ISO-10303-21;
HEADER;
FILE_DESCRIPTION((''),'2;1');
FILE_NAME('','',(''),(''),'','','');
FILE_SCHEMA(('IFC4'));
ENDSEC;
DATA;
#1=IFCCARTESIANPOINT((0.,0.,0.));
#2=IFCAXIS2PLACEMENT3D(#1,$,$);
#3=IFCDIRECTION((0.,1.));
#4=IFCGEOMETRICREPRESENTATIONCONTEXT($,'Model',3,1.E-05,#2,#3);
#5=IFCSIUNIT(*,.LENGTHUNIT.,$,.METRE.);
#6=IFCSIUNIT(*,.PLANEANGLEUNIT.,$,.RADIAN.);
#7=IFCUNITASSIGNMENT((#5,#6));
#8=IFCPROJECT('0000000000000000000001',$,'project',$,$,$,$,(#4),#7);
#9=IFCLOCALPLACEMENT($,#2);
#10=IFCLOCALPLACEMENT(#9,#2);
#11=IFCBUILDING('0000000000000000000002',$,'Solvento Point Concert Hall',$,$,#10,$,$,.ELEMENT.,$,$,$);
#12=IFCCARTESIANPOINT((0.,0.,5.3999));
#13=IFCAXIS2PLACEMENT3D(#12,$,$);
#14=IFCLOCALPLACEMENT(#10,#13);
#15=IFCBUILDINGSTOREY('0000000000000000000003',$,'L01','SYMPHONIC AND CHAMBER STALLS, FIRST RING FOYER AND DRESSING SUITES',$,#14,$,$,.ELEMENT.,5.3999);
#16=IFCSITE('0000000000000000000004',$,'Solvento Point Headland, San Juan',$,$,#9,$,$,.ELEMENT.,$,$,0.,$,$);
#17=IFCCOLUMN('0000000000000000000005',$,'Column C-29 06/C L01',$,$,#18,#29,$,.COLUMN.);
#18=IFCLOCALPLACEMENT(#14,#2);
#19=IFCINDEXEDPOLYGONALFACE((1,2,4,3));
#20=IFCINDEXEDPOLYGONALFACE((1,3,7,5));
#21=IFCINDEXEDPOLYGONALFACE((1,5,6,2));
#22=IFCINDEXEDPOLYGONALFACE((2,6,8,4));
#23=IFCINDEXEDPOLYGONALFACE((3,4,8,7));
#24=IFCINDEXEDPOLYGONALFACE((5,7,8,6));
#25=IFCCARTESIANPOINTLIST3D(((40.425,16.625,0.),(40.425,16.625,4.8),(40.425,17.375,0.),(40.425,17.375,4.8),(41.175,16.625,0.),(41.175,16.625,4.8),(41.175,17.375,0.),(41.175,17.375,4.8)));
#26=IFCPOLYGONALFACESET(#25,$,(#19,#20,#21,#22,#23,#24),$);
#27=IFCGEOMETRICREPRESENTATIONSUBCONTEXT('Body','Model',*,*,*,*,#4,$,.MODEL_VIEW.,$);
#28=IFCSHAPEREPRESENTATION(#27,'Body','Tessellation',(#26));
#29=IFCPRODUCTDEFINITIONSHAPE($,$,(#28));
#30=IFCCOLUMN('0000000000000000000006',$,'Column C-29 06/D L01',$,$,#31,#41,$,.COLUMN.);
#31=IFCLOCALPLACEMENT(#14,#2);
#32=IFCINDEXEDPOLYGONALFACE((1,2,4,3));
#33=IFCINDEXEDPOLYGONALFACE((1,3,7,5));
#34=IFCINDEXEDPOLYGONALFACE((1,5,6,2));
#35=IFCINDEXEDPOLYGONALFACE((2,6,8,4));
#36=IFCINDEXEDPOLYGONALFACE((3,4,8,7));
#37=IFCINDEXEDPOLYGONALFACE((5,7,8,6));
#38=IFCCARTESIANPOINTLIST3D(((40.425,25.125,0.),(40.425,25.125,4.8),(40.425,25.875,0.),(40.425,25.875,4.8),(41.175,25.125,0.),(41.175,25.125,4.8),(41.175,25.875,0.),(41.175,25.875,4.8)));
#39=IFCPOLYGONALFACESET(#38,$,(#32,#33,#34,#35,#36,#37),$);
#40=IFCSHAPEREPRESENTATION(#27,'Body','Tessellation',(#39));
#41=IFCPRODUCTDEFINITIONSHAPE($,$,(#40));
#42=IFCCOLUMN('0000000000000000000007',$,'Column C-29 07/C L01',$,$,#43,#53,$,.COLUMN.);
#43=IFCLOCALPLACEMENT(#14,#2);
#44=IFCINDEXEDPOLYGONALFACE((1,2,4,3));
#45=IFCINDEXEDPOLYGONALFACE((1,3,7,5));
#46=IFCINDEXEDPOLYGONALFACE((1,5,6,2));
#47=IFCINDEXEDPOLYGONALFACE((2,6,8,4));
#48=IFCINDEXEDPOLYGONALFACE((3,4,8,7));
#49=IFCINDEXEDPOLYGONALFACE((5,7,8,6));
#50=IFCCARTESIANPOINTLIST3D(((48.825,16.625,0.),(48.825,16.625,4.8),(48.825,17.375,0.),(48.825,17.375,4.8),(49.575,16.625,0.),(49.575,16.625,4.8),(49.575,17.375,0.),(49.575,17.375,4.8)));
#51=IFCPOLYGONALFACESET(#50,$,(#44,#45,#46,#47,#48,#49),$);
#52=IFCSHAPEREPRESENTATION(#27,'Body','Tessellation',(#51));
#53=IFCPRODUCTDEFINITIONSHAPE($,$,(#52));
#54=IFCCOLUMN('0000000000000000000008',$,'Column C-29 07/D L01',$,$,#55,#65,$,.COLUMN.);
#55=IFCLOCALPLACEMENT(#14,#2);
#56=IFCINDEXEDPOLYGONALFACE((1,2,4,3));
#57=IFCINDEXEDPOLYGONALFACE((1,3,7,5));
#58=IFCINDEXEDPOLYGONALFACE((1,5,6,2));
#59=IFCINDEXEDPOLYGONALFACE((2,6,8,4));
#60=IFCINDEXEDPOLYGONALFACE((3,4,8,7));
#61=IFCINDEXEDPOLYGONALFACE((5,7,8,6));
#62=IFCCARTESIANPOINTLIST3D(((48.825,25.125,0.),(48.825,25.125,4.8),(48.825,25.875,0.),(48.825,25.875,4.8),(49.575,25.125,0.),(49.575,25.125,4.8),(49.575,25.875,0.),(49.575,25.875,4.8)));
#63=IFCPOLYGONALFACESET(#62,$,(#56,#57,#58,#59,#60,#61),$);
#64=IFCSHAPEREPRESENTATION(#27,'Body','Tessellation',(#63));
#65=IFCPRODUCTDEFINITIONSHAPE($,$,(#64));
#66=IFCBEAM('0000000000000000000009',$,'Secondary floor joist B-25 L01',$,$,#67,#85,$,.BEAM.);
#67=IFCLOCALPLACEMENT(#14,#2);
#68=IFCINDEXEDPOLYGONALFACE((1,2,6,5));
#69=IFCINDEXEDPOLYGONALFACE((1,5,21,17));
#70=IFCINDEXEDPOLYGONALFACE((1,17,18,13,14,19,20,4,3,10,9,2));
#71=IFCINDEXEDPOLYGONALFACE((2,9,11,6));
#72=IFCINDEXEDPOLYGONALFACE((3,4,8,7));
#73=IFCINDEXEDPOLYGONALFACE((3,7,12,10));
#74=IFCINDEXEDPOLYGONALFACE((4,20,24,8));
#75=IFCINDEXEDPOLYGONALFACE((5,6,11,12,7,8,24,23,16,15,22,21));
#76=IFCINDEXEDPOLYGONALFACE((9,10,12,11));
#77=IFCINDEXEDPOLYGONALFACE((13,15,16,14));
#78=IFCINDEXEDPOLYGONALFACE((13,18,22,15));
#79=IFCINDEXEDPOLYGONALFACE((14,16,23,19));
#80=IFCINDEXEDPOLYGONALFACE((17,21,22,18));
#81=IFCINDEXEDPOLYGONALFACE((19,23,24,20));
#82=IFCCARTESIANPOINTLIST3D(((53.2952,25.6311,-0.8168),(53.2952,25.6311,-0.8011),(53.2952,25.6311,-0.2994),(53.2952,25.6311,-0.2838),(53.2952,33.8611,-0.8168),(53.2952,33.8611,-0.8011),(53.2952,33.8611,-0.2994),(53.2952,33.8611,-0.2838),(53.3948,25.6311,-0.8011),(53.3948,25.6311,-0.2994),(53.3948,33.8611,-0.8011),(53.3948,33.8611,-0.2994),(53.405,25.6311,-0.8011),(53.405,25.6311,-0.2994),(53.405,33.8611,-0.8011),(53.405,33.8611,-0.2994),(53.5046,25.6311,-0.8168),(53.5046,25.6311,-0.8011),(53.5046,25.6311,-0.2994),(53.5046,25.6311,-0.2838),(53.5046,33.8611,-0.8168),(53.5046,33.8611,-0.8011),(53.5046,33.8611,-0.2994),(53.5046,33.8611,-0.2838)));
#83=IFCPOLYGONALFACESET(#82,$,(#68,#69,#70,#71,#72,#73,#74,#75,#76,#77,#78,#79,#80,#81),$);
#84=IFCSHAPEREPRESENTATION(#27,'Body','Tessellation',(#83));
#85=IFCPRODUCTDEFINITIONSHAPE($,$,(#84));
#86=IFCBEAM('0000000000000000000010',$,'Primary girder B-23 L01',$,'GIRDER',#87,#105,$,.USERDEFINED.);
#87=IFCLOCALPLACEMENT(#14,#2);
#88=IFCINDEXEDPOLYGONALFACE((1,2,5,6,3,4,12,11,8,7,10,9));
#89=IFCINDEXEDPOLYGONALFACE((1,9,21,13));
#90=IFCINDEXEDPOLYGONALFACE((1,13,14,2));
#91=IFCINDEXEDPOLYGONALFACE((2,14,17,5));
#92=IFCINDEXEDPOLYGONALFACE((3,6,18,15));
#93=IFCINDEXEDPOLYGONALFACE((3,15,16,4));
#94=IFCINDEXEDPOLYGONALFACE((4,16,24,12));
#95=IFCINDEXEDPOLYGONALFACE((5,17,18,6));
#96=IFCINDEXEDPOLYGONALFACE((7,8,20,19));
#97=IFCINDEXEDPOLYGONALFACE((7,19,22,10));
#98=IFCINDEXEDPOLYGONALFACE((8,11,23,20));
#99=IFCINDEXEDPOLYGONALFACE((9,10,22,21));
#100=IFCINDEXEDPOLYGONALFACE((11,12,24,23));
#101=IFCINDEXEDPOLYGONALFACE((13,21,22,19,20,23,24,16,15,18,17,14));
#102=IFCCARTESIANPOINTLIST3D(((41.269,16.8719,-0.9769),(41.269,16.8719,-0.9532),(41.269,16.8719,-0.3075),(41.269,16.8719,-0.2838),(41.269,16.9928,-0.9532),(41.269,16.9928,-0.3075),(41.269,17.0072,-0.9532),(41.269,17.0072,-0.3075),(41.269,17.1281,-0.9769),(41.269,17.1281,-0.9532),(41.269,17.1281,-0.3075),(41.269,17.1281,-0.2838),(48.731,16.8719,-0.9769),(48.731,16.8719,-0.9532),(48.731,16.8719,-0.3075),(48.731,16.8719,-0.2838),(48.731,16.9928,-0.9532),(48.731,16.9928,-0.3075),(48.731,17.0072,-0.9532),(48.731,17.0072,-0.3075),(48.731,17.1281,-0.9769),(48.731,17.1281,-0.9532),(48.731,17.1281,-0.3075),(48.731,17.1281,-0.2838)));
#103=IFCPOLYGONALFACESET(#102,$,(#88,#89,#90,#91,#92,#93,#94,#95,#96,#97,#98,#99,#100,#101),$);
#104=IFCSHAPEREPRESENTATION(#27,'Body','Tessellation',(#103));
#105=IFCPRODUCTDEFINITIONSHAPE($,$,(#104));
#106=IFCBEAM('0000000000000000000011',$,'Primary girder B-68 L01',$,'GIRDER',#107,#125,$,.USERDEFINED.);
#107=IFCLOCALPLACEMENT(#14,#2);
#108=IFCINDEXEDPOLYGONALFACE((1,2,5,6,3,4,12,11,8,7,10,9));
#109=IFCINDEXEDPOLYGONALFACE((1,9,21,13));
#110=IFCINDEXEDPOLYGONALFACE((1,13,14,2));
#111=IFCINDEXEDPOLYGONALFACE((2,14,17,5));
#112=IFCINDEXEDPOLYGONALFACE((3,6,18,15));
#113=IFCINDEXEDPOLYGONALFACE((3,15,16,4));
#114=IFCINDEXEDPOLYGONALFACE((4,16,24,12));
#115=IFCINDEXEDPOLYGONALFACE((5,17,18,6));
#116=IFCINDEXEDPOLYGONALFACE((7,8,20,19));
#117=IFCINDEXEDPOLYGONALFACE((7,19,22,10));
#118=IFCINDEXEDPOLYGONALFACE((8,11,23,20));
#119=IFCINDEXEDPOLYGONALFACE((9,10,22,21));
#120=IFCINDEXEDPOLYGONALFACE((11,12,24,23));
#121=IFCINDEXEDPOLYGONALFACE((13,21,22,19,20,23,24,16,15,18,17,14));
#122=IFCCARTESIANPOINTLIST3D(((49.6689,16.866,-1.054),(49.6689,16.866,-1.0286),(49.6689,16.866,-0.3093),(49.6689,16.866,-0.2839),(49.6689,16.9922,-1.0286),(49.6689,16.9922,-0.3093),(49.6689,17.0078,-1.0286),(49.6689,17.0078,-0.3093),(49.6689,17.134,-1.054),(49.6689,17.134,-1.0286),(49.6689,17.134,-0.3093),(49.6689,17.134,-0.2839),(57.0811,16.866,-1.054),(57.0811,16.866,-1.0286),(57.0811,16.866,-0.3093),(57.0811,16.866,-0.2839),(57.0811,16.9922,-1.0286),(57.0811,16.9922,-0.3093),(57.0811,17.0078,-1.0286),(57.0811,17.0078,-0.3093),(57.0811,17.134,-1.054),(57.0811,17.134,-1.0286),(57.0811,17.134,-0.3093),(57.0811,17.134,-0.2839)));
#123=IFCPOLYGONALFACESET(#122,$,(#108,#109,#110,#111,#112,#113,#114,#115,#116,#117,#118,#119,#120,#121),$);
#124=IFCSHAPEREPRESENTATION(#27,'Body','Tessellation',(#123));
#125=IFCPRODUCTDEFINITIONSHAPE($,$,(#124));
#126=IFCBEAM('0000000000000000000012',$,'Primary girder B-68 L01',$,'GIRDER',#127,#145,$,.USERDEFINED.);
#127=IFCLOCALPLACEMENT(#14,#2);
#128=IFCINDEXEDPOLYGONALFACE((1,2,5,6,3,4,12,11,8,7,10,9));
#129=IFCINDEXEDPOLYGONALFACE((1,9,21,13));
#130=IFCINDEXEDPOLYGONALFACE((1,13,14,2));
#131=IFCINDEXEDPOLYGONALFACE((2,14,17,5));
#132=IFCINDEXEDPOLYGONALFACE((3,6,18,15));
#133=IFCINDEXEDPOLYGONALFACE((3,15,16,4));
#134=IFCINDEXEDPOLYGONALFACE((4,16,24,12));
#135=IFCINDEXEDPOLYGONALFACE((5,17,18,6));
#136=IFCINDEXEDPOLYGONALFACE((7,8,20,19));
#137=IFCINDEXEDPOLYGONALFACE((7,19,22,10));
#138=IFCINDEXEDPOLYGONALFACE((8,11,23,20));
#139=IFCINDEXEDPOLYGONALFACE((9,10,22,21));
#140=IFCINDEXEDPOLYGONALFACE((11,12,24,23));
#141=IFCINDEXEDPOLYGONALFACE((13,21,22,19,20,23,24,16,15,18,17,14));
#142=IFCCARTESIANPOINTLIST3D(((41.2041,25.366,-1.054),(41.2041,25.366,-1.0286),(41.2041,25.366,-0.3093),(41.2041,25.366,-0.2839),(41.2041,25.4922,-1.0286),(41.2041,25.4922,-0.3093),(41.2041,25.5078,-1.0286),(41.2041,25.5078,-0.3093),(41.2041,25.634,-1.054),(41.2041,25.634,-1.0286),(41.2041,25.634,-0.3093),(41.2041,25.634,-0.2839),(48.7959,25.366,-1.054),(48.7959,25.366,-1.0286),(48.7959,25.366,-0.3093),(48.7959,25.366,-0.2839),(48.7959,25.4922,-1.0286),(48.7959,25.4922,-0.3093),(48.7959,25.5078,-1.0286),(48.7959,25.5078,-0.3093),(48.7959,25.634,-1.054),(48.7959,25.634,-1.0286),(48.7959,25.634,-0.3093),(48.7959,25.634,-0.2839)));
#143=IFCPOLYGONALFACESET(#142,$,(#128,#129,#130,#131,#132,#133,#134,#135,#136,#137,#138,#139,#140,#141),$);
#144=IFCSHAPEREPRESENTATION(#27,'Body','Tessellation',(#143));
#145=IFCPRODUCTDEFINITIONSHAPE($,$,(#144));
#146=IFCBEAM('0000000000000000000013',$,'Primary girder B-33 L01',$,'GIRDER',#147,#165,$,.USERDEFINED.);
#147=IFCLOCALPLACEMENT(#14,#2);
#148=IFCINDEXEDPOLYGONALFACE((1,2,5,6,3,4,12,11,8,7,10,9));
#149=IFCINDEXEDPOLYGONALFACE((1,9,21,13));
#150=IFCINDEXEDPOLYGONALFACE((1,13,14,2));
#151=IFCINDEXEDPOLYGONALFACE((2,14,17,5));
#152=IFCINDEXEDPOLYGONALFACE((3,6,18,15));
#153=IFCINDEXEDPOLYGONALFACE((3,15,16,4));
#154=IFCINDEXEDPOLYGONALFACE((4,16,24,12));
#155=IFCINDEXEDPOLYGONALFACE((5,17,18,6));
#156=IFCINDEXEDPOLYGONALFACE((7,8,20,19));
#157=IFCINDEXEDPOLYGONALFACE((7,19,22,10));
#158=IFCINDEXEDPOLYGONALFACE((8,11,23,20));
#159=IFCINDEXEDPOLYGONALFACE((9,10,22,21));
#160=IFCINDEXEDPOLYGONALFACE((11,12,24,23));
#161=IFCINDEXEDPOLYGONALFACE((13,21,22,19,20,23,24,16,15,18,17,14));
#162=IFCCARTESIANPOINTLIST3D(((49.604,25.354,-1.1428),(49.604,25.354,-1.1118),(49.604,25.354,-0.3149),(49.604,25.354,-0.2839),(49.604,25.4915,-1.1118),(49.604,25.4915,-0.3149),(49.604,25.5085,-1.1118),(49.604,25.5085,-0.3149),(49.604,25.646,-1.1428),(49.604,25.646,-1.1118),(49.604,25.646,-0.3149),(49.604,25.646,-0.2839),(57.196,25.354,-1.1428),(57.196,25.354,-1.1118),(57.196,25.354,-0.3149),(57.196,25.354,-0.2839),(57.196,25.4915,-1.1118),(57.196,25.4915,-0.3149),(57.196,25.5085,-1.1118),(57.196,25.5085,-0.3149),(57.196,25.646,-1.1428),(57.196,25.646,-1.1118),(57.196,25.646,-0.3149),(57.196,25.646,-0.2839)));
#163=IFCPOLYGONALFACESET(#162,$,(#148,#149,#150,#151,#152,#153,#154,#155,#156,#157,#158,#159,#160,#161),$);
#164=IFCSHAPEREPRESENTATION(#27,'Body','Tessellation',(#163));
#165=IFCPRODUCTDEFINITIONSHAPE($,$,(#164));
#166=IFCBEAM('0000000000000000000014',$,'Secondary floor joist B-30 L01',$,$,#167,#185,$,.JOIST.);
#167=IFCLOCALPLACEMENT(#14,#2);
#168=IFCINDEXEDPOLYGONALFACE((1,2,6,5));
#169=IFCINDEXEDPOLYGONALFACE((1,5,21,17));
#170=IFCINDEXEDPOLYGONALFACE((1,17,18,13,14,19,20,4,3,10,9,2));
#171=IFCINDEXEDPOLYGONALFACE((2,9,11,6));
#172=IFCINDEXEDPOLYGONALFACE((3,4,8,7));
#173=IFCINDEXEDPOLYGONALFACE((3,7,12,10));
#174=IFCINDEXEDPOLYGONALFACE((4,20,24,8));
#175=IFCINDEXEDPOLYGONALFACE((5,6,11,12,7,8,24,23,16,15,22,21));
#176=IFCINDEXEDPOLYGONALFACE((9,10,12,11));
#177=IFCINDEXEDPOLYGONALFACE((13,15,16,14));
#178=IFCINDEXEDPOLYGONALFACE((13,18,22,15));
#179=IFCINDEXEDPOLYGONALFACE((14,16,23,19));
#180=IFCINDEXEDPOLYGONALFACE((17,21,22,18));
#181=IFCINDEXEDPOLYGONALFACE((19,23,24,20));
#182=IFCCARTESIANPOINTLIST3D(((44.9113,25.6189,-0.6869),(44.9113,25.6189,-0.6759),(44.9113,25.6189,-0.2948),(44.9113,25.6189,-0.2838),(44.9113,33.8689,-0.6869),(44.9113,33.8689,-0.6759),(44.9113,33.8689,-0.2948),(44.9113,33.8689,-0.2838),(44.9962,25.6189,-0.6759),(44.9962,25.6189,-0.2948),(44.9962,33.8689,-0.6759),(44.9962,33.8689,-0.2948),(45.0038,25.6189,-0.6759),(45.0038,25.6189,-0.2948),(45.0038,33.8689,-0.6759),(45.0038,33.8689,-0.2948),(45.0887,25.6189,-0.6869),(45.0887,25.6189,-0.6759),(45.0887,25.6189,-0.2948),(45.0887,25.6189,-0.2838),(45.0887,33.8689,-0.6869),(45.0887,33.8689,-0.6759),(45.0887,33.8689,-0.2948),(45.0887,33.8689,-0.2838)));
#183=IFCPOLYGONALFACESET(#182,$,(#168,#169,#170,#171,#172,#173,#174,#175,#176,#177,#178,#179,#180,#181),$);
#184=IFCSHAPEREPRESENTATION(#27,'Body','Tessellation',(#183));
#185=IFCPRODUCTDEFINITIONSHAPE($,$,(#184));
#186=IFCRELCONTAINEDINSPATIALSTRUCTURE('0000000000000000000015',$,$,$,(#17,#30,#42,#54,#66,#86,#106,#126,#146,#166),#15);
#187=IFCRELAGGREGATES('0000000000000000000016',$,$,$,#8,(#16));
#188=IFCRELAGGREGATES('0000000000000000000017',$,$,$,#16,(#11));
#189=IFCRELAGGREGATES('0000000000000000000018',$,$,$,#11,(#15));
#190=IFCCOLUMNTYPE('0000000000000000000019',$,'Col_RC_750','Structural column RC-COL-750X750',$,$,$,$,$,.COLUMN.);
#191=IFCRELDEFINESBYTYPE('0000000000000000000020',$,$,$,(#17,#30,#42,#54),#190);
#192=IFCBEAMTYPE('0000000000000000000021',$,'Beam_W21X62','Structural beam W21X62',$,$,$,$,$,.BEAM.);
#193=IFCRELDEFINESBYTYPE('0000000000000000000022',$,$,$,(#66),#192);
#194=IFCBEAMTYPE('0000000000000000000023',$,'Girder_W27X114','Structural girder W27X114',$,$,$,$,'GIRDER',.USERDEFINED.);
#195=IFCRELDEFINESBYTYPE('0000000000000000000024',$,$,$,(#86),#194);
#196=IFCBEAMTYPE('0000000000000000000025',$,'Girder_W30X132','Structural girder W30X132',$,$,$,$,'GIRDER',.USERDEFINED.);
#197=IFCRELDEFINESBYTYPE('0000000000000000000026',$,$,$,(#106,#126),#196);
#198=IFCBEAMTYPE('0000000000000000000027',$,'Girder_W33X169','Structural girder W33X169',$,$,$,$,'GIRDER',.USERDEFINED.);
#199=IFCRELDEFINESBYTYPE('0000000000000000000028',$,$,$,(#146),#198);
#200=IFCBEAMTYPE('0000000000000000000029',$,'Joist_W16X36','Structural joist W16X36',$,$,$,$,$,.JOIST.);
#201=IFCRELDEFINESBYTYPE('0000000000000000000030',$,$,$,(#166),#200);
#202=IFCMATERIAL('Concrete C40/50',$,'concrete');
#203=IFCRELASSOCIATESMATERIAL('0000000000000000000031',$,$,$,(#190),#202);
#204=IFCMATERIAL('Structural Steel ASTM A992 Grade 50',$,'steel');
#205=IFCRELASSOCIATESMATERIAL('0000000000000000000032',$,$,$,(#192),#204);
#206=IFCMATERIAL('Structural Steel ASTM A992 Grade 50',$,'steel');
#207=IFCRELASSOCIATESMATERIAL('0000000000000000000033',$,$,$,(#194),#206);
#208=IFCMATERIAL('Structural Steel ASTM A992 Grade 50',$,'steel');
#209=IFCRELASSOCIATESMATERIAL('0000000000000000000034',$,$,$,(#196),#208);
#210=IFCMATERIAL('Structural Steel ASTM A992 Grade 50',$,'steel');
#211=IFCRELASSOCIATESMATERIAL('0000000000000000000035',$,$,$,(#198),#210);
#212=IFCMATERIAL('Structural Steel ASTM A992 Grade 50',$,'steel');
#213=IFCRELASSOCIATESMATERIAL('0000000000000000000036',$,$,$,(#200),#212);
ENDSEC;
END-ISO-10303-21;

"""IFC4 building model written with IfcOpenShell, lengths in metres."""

from ifc_helpers import new_model, si_unit, direction, frame, origin, origin_2d, place, context, subcontext, project, spatial, rectangle, i_section, extrude, material, material_profile, profile_set, type_object, element, save


model = new_model("IFC4")

# Units and contexts
model_context = context("Model", 3, precision=1e-05, world=origin(), true_north=direction((0.0, 1.0)))
body_context = subcontext(model_context, "Body", "Model", "MODEL_VIEW")
ifc_project = project(units=[si_unit("LENGTHUNIT", "METRE"), si_unit("PLANEANGLEUNIT", "RADIAN")], contexts=[model_context])

# Site, building, storey
site_placement = place(None, origin())
site = spatial("IfcSite", under=ifc_project, at=site_placement, Name="Solvento Point Headland, San Juan", CompositionType="ELEMENT", RefElevation=0.0)
building_placement = place(site_placement, origin())
building = spatial("IfcBuilding", under=site, at=building_placement, Name="Solvento Point Concert Hall", CompositionType="ELEMENT")
storey_placement = place(building_placement, frame((0.0, 0.0, 5.3999)))
storey = spatial("IfcBuildingStorey", under=building, at=storey_placement, Name="L01", Description="SYMPHONIC AND CHAMBER STALLS, FIRST RING FOYER AND DRESSING SUITES", CompositionType="ELEMENT", Elevation=5.3999)

# Columns
ifc_material_1 = material(Name="Concrete C40/50", Category="concrete")
ifc_material_profile_1 = material_profile(ifc_material_1, rectangle(XDim=0.75, YDim=0.75, at=origin_2d()), Name="RC-COL-750X750")
ifc_profile_set_1 = profile_set([ifc_material_profile_1], Name="Concrete C40/50")
column_type = type_object("IfcColumnType", Name="Col_RC_750", Description="Structural column RC-COL-750X750", PredefinedType="COLUMN", material=ifc_profile_set_1)
for number, where, z_axis, x_axis, name in (
    (1, (40.8, 17.0, 0.0), (0.0, 0.0, 1.0), (1.0, 0.0, 0.0), "Column C-29 06/C L01"),
    (2, (40.8, 25.5, 0.0), (0.0, 0.0, 1.0), (1.0, 0.0, 0.0), "Column C-29 06/D L01"),
    (3, (49.2, 17.0, 0.0), (0.0, 0.0, 1.0), (1.0, 0.0, 0.0), "Column C-29 07/C L01"),
    (4, (49.2, 25.5, 0.0), (0.0, 0.0, 1.0), (1.0, 0.0, 0.0), "Column C-29 07/D L01"),
):
    element("IfcColumn", number, at=place(storey_placement, frame(where, z_axis=z_axis, x_axis=x_axis)), inside=storey, type_object=column_type, Name=name, PredefinedType="COLUMN", context=body_context, shape_type="SweptSolid", body=[
        extrude(rectangle(XDim=0.75, YDim=0.75, at=origin_2d()), origin(), (0.0, 0.0, 1.0), 4.8),
    ])

# Beams
ifc_material_2 = material(Name="Structural Steel ASTM A992 Grade 50", Category="steel")
ifc_material_profile_2 = material_profile(ifc_material_2, i_section(OverallWidth=0.2095, OverallDepth=0.533, WebThickness=0.0103, FlangeThickness=0.0156, at=origin_2d()), Name="W21X62")
ifc_profile_set_2 = profile_set([ifc_material_profile_2], Name="Structural Steel ASTM A992 Grade 50")
beam_type_1 = type_object("IfcBeamType", Name="Beam_W21X62", Description="Structural beam W21X62", PredefinedType="BEAM", material=ifc_profile_set_2)
beam_1_placement = place(storey_placement, frame((53.3999, 25.6311, -0.5503), z_axis=(0.0, 1.0, 0.0), x_axis=(-1.0, 0.0, 0.0)))
element("IfcBeam", 5, at=beam_1_placement, inside=storey, type_object=beam_type_1, Name="Secondary floor joist B-25 L01", PredefinedType="BEAM", context=body_context, shape_type="SweptSolid", body=[
    extrude(i_section(OverallWidth=0.2095, OverallDepth=0.533, WebThickness=0.0103, FlangeThickness=0.0156, at=origin_2d()), origin(), (0.0, 0.0, 1.0), 8.23),
])
ifc_material_3 = material(Name="Structural Steel ASTM A992 Grade 50", Category="steel")
ifc_material_profile_3 = material_profile(ifc_material_3, i_section(OverallWidth=0.2561, OverallDepth=0.6931, WebThickness=0.0144, FlangeThickness=0.0237, at=origin_2d()), Name="W27X114")
ifc_profile_set_3 = profile_set([ifc_material_profile_3], Name="Structural Steel ASTM A992 Grade 50")
beam_type_2 = type_object("IfcBeamType", Name="Girder_W27X114", Description="Structural girder W27X114", ElementType="GIRDER", PredefinedType="USERDEFINED", material=ifc_profile_set_3)
beam_2_placement = place(storey_placement, frame((41.269, 17.0, -0.6304), z_axis=(1.0, 0.0, 0.0), x_axis=(0.0, 1.0, 0.0)))
element("IfcBeam", 6, at=beam_2_placement, inside=storey, type_object=beam_type_2, Name="Primary girder B-23 L01", ObjectType="GIRDER", PredefinedType="USERDEFINED", context=body_context, shape_type="SweptSolid", body=[
    extrude(i_section(OverallWidth=0.2561, OverallDepth=0.6931, WebThickness=0.0144, FlangeThickness=0.0237, at=origin_2d()), origin(), (0.0, 0.0, 1.0), 7.4619),
])
ifc_material_4 = material(Name="Structural Steel ASTM A992 Grade 50", Category="steel")
ifc_material_profile_4 = material_profile(ifc_material_4, i_section(OverallWidth=0.2681, OverallDepth=0.77, WebThickness=0.0156, FlangeThickness=0.0254, at=origin_2d()), Name="W30X132")
ifc_profile_set_4 = profile_set([ifc_material_profile_4], Name="Structural Steel ASTM A992 Grade 50")
beam_type_3 = type_object("IfcBeamType", Name="Girder_W30X132", Description="Structural girder W30X132", ElementType="GIRDER", PredefinedType="USERDEFINED", material=ifc_profile_set_4)
beam_3_placement = place(storey_placement, frame((49.6689, 17.0, -0.6689), z_axis=(1.0, 0.0, 0.0), x_axis=(0.0, 1.0, 0.0)))
element("IfcBeam", 7, at=beam_3_placement, inside=storey, type_object=beam_type_3, Name="Primary girder B-68 L01", ObjectType="GIRDER", PredefinedType="USERDEFINED", context=body_context, shape_type="SweptSolid", body=[
    extrude(i_section(OverallWidth=0.2681, OverallDepth=0.77, WebThickness=0.0156, FlangeThickness=0.0254, at=origin_2d()), origin(), (0.0, 0.0, 1.0), 7.4121),
])
beam_4_placement = place(storey_placement, frame((41.2041, 25.5, -0.6689), z_axis=(1.0, 0.0, 0.0), x_axis=(0.0, 1.0, 0.0)))
element("IfcBeam", 8, at=beam_4_placement, inside=storey, type_object=beam_type_3, Name="Primary girder B-68 L01", ObjectType="GIRDER", PredefinedType="USERDEFINED", context=body_context, shape_type="SweptSolid", body=[
    extrude(i_section(OverallWidth=0.2681, OverallDepth=0.77, WebThickness=0.0156, FlangeThickness=0.0254, at=origin_2d()), origin(), (0.0, 0.0, 1.0), 7.5918),
])
ifc_material_5 = material(Name="Structural Steel ASTM A992 Grade 50", Category="steel")
ifc_material_profile_5 = material_profile(ifc_material_5, i_section(OverallWidth=0.292, OverallDepth=0.8589, WebThickness=0.0171, FlangeThickness=0.031, at=origin_2d()), Name="W33X169")
ifc_profile_set_5 = profile_set([ifc_material_profile_5], Name="Structural Steel ASTM A992 Grade 50")
beam_type_4 = type_object("IfcBeamType", Name="Girder_W33X169", Description="Structural girder W33X169", ElementType="GIRDER", PredefinedType="USERDEFINED", material=ifc_profile_set_5)
beam_5_placement = place(storey_placement, frame((49.604, 25.5, -0.7134), z_axis=(1.0, 0.0, 0.0), x_axis=(0.0, 1.0, 0.0)))
element("IfcBeam", 9, at=beam_5_placement, inside=storey, type_object=beam_type_4, Name="Primary girder B-33 L01", ObjectType="GIRDER", PredefinedType="USERDEFINED", context=body_context, shape_type="SweptSolid", body=[
    extrude(i_section(OverallWidth=0.292, OverallDepth=0.8589, WebThickness=0.0171, FlangeThickness=0.031, at=origin_2d()), origin(), (0.0, 0.0, 1.0), 7.592),
])
ifc_material_6 = material(Name="Structural Steel ASTM A992 Grade 50", Category="steel")
ifc_material_profile_6 = material_profile(ifc_material_6, i_section(OverallWidth=0.1775, OverallDepth=0.4031, WebThickness=0.0076, FlangeThickness=0.011, at=origin_2d()), Name="W16X36")
ifc_profile_set_6 = profile_set([ifc_material_profile_6], Name="Structural Steel ASTM A992 Grade 50")
beam_type_5 = type_object("IfcBeamType", Name="Joist_W16X36", Description="Structural joist W16X36", PredefinedType="JOIST", material=ifc_profile_set_6)
for number, where, z_axis, x_axis, name in (
    (10, (45.0, 25.6189, -0.4854), (0.0, 1.0, 0.0), (-1.0, 0.0, 0.0), "Secondary floor joist B-30 L01"),
):
    element("IfcBeam", number, at=place(storey_placement, frame(where, z_axis=z_axis, x_axis=x_axis)), inside=storey, type_object=beam_type_5, Name=name, PredefinedType="JOIST", context=body_context, shape_type="SweptSolid", body=[
        extrude(i_section(OverallWidth=0.1775, OverallDepth=0.4031, WebThickness=0.0076, FlangeThickness=0.011, at=origin_2d()), origin(), (0.0, 0.0, 1.0), 8.25),
    ])

save(model, "model.ifc")
